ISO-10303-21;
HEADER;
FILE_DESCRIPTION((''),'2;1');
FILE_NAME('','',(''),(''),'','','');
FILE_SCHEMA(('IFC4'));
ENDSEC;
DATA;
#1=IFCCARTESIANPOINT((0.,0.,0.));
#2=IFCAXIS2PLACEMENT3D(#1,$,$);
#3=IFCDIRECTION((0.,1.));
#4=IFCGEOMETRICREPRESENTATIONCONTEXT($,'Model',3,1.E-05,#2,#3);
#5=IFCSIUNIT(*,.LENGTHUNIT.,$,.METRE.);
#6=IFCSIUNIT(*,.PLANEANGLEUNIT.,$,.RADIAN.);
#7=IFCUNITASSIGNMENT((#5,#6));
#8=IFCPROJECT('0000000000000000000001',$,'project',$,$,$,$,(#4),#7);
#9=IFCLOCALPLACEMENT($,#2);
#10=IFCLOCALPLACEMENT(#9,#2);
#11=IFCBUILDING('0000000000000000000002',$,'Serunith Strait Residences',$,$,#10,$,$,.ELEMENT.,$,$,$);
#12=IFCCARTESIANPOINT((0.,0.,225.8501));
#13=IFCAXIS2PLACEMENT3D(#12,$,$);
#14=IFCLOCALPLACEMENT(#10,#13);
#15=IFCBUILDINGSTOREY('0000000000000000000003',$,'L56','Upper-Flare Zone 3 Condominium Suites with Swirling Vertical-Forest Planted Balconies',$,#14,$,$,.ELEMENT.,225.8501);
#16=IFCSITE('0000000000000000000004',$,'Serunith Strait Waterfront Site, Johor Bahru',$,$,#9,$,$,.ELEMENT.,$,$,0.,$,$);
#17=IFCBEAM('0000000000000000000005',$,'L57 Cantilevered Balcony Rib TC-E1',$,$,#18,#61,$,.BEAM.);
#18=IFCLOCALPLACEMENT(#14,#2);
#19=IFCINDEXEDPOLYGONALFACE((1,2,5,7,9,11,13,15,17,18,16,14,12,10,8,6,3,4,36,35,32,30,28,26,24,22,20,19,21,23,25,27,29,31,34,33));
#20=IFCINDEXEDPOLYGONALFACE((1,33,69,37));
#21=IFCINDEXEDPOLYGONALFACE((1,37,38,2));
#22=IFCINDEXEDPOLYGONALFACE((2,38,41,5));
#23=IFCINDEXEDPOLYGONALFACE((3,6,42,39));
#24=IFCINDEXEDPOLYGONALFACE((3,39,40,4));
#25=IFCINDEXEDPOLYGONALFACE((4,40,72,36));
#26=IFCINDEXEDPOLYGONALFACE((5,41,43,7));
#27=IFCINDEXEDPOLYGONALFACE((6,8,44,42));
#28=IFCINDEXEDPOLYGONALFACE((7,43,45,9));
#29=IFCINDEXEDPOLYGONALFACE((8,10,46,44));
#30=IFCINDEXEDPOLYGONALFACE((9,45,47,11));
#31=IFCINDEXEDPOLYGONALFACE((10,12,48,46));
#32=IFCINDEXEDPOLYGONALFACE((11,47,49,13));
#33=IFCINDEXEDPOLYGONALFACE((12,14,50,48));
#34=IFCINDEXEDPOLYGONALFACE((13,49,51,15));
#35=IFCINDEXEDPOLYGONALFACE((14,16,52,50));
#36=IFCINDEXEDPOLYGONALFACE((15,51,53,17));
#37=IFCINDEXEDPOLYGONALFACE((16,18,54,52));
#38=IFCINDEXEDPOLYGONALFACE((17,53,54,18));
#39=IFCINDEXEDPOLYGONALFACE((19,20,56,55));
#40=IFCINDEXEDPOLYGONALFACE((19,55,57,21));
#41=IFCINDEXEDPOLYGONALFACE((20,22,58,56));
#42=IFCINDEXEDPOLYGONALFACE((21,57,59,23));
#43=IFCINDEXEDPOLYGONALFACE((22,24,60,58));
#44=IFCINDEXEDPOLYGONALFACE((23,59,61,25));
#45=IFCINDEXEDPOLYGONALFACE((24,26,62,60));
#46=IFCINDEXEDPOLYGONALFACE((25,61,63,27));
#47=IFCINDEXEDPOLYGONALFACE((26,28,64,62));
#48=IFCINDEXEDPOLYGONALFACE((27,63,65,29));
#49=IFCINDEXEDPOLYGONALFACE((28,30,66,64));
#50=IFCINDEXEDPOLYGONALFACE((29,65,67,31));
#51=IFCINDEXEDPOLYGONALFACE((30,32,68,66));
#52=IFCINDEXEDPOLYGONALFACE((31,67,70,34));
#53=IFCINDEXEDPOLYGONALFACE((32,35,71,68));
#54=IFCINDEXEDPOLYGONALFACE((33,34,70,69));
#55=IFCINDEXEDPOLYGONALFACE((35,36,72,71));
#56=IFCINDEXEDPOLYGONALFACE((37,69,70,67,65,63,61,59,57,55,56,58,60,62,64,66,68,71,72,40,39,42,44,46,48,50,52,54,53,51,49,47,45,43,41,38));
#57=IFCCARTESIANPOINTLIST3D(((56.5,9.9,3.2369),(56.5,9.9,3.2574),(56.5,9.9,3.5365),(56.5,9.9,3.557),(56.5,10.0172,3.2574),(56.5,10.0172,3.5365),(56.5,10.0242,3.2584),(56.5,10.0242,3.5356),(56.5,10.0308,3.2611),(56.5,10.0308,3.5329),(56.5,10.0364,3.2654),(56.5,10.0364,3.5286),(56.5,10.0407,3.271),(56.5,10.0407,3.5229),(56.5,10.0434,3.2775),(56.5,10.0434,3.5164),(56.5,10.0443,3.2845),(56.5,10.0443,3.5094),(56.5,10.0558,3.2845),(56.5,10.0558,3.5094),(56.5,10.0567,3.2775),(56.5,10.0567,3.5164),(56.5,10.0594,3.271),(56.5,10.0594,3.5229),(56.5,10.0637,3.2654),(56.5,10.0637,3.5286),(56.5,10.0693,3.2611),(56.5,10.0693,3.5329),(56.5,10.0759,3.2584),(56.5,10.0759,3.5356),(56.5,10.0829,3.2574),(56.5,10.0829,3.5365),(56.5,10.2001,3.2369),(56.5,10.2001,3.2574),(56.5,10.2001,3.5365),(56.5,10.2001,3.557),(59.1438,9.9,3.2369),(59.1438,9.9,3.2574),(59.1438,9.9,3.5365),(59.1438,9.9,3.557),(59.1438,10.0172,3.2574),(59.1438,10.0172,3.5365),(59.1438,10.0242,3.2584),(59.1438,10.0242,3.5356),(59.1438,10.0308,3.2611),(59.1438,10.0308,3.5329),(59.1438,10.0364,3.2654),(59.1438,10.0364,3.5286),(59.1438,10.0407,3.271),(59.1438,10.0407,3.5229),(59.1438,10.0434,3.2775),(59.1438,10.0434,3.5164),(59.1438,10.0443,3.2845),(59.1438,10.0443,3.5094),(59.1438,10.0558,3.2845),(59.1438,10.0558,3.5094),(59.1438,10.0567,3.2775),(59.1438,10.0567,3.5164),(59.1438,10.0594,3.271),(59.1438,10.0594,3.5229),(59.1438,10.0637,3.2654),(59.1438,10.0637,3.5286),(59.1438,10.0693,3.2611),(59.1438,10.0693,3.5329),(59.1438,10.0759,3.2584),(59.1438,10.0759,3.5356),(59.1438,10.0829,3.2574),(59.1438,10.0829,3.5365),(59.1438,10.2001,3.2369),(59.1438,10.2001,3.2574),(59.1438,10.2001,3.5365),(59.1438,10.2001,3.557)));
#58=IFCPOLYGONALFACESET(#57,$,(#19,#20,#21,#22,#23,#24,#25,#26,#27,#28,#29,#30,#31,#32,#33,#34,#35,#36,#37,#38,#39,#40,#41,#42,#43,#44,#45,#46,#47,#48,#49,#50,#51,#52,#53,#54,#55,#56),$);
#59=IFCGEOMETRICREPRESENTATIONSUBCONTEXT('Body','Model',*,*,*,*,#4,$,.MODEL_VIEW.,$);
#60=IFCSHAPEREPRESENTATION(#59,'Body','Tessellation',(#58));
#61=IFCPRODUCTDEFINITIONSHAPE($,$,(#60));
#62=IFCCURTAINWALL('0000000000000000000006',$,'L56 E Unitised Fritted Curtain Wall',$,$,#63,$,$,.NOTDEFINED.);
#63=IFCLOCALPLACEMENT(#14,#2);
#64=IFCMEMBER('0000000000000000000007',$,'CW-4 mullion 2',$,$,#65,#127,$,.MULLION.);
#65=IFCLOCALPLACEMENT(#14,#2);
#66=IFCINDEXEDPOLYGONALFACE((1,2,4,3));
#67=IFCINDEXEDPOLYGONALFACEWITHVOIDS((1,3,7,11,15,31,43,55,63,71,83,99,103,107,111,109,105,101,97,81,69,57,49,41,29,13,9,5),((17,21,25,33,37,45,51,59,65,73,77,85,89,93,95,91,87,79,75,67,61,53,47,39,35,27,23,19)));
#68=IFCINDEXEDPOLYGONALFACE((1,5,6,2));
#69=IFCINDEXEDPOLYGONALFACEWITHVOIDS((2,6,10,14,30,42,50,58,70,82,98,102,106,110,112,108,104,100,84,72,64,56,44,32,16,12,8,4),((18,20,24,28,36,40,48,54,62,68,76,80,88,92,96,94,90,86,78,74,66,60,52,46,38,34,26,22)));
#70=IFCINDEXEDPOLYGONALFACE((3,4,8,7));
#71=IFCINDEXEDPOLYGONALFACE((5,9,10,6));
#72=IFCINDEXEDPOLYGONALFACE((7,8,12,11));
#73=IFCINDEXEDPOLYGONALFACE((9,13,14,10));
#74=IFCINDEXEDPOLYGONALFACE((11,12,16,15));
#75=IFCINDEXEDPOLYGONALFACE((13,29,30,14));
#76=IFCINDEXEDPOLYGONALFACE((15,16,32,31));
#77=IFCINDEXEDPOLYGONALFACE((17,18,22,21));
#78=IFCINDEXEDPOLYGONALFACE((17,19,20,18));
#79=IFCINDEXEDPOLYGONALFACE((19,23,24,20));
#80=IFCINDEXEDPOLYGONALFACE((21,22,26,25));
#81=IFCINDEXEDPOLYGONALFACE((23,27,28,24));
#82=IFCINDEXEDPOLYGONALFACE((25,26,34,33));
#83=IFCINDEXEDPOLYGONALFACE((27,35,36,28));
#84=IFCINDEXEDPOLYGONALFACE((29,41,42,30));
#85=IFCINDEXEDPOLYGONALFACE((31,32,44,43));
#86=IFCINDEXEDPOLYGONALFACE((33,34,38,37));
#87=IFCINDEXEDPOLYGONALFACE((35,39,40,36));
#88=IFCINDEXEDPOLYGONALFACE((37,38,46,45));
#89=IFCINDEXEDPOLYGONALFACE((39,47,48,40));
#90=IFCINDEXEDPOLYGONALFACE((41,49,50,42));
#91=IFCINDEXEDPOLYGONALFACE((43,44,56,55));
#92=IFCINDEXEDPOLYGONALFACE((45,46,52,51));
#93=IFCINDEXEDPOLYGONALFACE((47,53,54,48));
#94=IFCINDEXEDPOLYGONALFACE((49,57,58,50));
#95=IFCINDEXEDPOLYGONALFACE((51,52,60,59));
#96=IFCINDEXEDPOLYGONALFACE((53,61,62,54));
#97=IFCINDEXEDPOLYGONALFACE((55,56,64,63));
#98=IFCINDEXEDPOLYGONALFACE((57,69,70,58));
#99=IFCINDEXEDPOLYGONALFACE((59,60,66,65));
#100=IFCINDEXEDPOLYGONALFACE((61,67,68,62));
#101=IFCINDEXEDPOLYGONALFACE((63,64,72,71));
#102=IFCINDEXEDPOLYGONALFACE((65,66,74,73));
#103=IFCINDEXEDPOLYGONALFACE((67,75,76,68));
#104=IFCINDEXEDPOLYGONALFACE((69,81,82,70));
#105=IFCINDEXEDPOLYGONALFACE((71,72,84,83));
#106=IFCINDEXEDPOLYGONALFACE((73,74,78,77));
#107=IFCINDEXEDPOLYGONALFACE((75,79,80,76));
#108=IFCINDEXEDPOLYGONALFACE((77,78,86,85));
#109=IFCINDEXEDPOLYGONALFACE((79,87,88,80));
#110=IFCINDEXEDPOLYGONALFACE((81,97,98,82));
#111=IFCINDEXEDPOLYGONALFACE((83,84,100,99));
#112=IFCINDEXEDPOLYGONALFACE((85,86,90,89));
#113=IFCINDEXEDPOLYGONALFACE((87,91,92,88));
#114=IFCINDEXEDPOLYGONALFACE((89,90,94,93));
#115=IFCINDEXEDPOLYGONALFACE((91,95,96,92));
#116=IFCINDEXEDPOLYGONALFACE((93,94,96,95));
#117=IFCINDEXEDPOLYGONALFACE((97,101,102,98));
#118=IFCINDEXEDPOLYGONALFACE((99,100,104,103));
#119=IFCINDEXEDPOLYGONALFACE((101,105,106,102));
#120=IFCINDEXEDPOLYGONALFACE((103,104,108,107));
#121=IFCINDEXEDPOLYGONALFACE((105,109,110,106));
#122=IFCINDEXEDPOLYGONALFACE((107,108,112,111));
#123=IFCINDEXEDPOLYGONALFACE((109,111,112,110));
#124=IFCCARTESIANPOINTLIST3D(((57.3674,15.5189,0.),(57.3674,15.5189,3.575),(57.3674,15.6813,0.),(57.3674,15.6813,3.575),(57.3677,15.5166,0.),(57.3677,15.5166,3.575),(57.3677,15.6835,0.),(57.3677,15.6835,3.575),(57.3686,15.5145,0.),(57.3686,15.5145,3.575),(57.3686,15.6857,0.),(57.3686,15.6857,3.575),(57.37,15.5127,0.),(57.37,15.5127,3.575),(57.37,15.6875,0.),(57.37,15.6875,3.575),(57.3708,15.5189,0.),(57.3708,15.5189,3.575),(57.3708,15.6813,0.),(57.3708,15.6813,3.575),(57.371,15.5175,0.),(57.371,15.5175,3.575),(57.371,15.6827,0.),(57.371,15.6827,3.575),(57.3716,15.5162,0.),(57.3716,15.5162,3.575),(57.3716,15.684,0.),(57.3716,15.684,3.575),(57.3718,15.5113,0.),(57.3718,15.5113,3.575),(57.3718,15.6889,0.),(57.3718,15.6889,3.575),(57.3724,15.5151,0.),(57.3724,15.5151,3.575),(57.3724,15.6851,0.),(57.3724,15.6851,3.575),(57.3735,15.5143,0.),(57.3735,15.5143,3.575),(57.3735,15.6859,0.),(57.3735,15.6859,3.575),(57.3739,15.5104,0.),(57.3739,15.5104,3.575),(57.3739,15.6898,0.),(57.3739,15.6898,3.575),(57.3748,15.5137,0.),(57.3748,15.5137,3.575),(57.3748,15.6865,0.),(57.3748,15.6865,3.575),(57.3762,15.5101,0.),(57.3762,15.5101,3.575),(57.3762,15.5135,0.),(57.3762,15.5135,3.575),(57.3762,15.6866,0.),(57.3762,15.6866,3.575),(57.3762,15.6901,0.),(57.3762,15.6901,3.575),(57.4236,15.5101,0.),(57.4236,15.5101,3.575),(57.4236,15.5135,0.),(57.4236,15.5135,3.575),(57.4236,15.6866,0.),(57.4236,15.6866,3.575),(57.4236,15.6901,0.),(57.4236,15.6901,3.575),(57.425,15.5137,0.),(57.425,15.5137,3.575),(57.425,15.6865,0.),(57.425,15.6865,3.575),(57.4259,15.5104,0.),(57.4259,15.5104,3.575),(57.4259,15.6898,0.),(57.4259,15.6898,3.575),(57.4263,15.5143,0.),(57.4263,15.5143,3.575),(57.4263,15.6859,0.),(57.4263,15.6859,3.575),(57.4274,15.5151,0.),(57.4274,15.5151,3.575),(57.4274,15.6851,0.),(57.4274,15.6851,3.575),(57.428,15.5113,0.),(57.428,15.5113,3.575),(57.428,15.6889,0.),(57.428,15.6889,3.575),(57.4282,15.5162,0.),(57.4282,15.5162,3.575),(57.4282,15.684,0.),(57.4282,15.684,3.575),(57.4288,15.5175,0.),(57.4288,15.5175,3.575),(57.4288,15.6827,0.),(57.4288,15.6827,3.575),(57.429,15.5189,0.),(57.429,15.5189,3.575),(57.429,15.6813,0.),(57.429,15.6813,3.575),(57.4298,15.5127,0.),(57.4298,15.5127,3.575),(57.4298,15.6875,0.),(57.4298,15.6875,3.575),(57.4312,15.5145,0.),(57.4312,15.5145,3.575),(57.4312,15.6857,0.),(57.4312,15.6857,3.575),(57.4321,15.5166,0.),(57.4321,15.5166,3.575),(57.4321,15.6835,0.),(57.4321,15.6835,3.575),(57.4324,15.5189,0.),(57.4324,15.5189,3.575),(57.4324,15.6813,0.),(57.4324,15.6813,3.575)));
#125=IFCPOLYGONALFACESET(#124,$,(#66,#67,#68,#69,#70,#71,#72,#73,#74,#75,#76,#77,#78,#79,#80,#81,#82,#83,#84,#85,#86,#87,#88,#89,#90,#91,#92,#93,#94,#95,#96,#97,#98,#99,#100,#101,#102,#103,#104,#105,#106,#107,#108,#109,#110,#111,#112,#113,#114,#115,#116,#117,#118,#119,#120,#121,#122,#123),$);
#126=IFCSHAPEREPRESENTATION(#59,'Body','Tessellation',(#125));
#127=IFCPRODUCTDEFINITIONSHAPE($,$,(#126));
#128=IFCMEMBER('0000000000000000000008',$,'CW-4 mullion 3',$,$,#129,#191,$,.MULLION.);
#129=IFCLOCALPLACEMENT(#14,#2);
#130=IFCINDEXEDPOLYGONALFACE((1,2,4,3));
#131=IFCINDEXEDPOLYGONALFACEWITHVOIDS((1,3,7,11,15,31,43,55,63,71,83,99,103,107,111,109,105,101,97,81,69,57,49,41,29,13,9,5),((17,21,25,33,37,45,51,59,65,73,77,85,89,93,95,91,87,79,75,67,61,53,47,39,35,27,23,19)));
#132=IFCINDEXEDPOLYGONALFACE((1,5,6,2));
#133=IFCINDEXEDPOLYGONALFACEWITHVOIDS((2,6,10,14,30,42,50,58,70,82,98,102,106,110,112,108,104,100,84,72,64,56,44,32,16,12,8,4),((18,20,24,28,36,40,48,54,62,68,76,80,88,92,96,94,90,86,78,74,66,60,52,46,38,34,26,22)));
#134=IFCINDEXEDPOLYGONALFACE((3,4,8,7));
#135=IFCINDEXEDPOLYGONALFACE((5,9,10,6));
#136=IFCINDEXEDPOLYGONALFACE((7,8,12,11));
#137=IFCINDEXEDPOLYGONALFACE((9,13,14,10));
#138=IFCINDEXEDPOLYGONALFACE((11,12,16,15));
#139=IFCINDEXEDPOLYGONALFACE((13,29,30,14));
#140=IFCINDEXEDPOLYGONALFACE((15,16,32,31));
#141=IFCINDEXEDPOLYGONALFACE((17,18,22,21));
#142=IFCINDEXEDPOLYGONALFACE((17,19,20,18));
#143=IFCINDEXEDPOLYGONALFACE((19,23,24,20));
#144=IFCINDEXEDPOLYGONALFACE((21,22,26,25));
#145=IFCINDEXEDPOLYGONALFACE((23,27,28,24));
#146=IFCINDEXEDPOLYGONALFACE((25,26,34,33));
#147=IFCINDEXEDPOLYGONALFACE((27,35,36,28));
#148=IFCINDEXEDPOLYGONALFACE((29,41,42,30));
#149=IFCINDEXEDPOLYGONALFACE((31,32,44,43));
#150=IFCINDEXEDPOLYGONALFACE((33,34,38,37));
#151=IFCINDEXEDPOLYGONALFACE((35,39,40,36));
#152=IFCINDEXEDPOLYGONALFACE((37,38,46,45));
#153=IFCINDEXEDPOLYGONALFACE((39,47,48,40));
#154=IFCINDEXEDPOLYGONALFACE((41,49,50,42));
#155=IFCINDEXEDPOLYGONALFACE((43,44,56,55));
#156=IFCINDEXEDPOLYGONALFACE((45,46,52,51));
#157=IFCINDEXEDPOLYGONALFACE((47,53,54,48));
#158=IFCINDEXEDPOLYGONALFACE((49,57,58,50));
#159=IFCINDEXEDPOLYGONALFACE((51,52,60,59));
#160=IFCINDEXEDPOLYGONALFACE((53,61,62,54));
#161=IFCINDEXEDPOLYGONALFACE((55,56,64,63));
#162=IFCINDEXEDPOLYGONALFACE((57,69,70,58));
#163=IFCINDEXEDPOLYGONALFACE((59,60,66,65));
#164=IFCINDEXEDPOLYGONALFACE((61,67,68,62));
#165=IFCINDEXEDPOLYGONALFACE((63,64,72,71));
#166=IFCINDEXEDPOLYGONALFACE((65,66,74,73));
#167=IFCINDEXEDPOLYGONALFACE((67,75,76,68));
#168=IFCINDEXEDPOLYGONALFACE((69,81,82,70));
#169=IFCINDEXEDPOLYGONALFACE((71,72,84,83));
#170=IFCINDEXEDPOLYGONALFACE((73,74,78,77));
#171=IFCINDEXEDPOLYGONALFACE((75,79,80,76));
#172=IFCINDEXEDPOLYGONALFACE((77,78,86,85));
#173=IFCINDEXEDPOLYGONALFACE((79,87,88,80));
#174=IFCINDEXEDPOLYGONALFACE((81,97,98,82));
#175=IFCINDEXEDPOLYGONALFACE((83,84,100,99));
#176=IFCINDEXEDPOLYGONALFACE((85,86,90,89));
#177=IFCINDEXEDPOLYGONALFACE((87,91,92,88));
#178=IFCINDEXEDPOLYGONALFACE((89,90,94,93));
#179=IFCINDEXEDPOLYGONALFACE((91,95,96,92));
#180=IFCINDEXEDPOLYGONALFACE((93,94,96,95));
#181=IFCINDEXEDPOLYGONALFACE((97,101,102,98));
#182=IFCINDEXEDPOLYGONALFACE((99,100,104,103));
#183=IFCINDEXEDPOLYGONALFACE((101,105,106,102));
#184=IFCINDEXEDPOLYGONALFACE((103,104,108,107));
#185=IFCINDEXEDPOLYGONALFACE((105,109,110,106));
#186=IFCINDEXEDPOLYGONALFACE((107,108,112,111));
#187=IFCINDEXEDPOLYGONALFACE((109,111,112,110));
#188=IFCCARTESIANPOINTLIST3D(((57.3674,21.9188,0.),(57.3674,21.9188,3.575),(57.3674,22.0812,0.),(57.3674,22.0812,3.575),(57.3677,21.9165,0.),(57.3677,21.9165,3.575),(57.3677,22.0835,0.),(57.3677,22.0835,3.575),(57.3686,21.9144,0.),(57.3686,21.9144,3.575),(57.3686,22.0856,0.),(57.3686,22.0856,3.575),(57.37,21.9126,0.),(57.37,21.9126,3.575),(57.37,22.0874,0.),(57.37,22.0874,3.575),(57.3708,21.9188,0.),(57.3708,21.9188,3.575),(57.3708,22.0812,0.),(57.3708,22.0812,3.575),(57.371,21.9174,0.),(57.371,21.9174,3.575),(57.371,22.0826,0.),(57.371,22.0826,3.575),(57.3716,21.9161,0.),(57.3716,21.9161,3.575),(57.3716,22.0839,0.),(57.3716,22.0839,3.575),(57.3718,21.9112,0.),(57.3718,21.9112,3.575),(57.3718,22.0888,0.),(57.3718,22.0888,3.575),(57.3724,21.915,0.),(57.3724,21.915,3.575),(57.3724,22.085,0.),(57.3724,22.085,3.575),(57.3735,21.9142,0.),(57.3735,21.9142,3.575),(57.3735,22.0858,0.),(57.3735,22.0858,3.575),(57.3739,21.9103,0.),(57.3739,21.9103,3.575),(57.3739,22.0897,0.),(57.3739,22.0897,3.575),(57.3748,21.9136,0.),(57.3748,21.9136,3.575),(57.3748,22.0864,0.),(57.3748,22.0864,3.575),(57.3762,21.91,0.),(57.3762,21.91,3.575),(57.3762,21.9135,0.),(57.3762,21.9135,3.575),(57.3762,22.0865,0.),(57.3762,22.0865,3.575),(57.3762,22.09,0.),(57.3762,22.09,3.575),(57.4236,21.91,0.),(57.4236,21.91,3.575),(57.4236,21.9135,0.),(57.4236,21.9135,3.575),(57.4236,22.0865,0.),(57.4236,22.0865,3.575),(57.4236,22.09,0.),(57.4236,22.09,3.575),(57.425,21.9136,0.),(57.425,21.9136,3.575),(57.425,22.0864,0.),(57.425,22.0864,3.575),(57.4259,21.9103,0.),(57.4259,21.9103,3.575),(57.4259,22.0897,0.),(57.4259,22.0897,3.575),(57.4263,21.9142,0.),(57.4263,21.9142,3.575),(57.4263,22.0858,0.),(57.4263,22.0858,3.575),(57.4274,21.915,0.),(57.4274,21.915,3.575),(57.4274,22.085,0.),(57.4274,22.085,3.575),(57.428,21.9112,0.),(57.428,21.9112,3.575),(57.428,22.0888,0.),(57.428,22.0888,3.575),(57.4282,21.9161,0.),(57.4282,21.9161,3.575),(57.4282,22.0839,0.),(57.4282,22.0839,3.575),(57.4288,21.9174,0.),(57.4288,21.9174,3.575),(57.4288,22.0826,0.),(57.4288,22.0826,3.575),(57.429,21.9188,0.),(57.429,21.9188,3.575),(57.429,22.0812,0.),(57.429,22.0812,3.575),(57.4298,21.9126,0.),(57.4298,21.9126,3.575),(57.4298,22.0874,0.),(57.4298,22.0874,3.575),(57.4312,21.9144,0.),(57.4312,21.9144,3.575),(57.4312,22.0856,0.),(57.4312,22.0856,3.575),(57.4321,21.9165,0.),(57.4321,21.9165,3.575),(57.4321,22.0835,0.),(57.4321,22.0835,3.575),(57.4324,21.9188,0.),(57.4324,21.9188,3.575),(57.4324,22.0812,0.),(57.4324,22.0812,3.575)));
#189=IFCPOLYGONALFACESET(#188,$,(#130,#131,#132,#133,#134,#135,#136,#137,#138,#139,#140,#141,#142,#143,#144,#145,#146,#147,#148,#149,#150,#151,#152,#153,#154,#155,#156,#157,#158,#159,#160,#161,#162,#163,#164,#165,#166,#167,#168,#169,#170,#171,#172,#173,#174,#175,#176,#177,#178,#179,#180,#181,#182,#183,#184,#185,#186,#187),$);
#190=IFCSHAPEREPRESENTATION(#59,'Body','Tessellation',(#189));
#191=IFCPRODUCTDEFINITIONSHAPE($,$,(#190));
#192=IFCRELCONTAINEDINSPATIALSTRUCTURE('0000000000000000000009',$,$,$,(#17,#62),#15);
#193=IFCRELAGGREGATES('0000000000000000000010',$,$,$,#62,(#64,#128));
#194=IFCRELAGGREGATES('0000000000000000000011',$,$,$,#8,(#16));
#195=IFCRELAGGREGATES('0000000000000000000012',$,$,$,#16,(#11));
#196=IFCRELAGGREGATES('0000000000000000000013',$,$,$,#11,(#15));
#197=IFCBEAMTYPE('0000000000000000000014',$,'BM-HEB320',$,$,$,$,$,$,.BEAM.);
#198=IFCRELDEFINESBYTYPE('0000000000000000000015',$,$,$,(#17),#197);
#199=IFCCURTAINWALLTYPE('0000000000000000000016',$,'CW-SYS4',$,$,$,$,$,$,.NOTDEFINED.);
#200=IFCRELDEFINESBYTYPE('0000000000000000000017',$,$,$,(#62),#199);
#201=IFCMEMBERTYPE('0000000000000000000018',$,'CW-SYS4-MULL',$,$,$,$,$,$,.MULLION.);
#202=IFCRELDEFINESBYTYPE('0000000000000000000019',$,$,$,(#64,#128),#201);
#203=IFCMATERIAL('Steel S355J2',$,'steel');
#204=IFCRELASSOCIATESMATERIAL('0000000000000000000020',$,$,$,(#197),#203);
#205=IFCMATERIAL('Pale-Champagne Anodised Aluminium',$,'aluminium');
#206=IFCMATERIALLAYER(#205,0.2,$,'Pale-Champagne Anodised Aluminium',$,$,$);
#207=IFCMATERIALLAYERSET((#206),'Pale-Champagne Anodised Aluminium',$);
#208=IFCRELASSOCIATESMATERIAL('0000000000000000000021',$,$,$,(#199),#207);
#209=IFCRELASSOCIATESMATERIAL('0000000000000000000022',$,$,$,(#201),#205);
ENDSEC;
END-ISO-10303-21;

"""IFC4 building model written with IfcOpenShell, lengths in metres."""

from ifc_helpers import new_model, si_unit, direction, frame, origin, origin_2d, place, context, subcontext, project, spatial, hollow_rectangle, i_section, extrude, source, transform, mapped, material, layer, layer_set, material_profile, profile_set, type_object, element, aggregate, save


model = new_model("IFC4")

# Units and contexts
model_context = context("Model", 3, precision=1e-05, world=origin(), true_north=direction((0.0, 1.0)))
body_context = subcontext(model_context, "Body", "Model", "MODEL_VIEW")
ifc_project = project(units=[si_unit("LENGTHUNIT", "METRE"), si_unit("PLANEANGLEUNIT", "RADIAN")], contexts=[model_context])

# Site, building, storey
site_placement = place(None, origin())
site = spatial("IfcSite", under=ifc_project, at=site_placement, Name="Serunith Strait Waterfront Site, Johor Bahru", CompositionType="ELEMENT", RefElevation=0.0)
building_placement = place(site_placement, origin())
building = spatial("IfcBuilding", under=site, at=building_placement, Name="Serunith Strait Residences", CompositionType="ELEMENT")
storey_placement = place(building_placement, frame((0.0, 0.0, 225.8501)))
storey = spatial("IfcBuildingStorey", under=building, at=storey_placement, Name="L56", Description="Upper-Flare Zone 3 Condominium Suites with Swirling Vertical-Forest Planted Balconies", CompositionType="ELEMENT", Elevation=225.8501)

# Beam
ifc_material_1 = material(Name="Steel S355J2", Category="steel")
ifc_material_profile_1 = material_profile(ifc_material_1, i_section(OverallWidth=0.3, OverallDepth=0.3201, WebThickness=0.0115, FlangeThickness=0.0205, FilletRadius=0.0271, at=origin_2d()), Name="HEB 320")
ifc_profile_set_1 = profile_set([ifc_material_profile_1], Name="Steel S355J2")
beam_type_1 = type_object("IfcBeamType", Name="BM-HEB320", PredefinedType="BEAM", material=ifc_profile_set_1)
shared_shape_1 = source(origin(), body_context, "Body", "SweptSolid", [
    extrude(i_section(OverallWidth=0.3, OverallDepth=0.3201, WebThickness=0.0115, FlangeThickness=0.0205, FilletRadius=0.0271, at=origin_2d()), origin(), (0.0, 0.0, 1.0), 2.6438),
])
beam_1_placement = place(storey_placement, frame((56.5, 10.05, 3.397), z_axis=(1.0, 0.0, 0.0), x_axis=(0.0, 1.0, 0.0)))
element("IfcBeam", 1, at=beam_1_placement, inside=storey, type_object=beam_type_1, Name="L57 Cantilevered Balcony Rib TC-E1", PredefinedType="BEAM", context=body_context, shape_type="MappedRepresentation", body=[
    mapped(shared_shape_1, transform((0.0, 0.0, 0.0), scale=1.0)),
])

# Curtain wall, members
ifc_material_2 = material(Name="Pale-Champagne Anodised Aluminium", Category="aluminium")
ifc_layer_1 = layer(ifc_material_2, 0.2, Name="Pale-Champagne Anodised Aluminium")
ifc_layer_set_1 = layer_set([ifc_layer_1], Name="Pale-Champagne Anodised Aluminium")
curtain_wall_type = type_object("IfcCurtainWallType", Name="CW-SYS4", PredefinedType="NOTDEFINED", material=ifc_layer_set_1)
curtain_wall_placement = place(storey_placement, origin())
curtain_wall = element("IfcCurtainWall", 2, at=curtain_wall_placement, inside=storey, type_object=curtain_wall_type, Name="L56 E Unitised Fritted Curtain Wall", PredefinedType="NOTDEFINED")
ifc_material_profile_2 = material_profile(ifc_material_2, hollow_rectangle(XDim=0.0649, YDim=0.1799, WallThickness=0.0034, InnerFilletRadius=0.0054, OuterFilletRadius=0.0088, at=origin_2d()), Name="ALU 180x65x3.5")
ifc_profile_set_2 = profile_set([ifc_material_profile_2], Name="Pale-Champagne Anodised Aluminium")
member_type_1 = type_object("IfcMemberType", Name="CW-SYS4-MULL", PredefinedType="MULLION", material=ifc_profile_set_2)
shared_shape_2 = source(origin(), body_context, "Body", "SweptSolid", [
    extrude(hollow_rectangle(XDim=0.0649, YDim=0.1799, WallThickness=0.0034, InnerFilletRadius=0.0054, OuterFilletRadius=0.0088, at=origin_2d()), origin(), (0.0, 0.0, 1.0), 3.575),
])
member_1_placement = place(storey_placement, frame((57.3999, 15.6001, 0.0), z_axis=(0.0, 0.0, 1.0), x_axis=(-1.0, 0.0, 0.0)))
member_1 = element("IfcMember", 3, at=member_1_placement, type_object=member_type_1, Name="CW-4 mullion 2", PredefinedType="MULLION", context=body_context, shape_type="MappedRepresentation", body=[
    mapped(shared_shape_2, transform((0.0, 0.0, 0.0), scale=1.0)),
])
member_2_placement = place(storey_placement, frame((57.3999, 22.0, 0.0), z_axis=(0.0, 0.0, 1.0), x_axis=(-1.0, 0.0, 0.0)))
member_2 = element("IfcMember", 4, at=member_2_placement, type_object=member_type_1, Name="CW-4 mullion 3", PredefinedType="MULLION", context=body_context, shape_type="MappedRepresentation", body=[
    mapped(shared_shape_2, transform((0.0, 0.0, 0.0), scale=1.0)),
])
aggregate(curtain_wall, [member_1, member_2])

save(model, "model.ifc")
